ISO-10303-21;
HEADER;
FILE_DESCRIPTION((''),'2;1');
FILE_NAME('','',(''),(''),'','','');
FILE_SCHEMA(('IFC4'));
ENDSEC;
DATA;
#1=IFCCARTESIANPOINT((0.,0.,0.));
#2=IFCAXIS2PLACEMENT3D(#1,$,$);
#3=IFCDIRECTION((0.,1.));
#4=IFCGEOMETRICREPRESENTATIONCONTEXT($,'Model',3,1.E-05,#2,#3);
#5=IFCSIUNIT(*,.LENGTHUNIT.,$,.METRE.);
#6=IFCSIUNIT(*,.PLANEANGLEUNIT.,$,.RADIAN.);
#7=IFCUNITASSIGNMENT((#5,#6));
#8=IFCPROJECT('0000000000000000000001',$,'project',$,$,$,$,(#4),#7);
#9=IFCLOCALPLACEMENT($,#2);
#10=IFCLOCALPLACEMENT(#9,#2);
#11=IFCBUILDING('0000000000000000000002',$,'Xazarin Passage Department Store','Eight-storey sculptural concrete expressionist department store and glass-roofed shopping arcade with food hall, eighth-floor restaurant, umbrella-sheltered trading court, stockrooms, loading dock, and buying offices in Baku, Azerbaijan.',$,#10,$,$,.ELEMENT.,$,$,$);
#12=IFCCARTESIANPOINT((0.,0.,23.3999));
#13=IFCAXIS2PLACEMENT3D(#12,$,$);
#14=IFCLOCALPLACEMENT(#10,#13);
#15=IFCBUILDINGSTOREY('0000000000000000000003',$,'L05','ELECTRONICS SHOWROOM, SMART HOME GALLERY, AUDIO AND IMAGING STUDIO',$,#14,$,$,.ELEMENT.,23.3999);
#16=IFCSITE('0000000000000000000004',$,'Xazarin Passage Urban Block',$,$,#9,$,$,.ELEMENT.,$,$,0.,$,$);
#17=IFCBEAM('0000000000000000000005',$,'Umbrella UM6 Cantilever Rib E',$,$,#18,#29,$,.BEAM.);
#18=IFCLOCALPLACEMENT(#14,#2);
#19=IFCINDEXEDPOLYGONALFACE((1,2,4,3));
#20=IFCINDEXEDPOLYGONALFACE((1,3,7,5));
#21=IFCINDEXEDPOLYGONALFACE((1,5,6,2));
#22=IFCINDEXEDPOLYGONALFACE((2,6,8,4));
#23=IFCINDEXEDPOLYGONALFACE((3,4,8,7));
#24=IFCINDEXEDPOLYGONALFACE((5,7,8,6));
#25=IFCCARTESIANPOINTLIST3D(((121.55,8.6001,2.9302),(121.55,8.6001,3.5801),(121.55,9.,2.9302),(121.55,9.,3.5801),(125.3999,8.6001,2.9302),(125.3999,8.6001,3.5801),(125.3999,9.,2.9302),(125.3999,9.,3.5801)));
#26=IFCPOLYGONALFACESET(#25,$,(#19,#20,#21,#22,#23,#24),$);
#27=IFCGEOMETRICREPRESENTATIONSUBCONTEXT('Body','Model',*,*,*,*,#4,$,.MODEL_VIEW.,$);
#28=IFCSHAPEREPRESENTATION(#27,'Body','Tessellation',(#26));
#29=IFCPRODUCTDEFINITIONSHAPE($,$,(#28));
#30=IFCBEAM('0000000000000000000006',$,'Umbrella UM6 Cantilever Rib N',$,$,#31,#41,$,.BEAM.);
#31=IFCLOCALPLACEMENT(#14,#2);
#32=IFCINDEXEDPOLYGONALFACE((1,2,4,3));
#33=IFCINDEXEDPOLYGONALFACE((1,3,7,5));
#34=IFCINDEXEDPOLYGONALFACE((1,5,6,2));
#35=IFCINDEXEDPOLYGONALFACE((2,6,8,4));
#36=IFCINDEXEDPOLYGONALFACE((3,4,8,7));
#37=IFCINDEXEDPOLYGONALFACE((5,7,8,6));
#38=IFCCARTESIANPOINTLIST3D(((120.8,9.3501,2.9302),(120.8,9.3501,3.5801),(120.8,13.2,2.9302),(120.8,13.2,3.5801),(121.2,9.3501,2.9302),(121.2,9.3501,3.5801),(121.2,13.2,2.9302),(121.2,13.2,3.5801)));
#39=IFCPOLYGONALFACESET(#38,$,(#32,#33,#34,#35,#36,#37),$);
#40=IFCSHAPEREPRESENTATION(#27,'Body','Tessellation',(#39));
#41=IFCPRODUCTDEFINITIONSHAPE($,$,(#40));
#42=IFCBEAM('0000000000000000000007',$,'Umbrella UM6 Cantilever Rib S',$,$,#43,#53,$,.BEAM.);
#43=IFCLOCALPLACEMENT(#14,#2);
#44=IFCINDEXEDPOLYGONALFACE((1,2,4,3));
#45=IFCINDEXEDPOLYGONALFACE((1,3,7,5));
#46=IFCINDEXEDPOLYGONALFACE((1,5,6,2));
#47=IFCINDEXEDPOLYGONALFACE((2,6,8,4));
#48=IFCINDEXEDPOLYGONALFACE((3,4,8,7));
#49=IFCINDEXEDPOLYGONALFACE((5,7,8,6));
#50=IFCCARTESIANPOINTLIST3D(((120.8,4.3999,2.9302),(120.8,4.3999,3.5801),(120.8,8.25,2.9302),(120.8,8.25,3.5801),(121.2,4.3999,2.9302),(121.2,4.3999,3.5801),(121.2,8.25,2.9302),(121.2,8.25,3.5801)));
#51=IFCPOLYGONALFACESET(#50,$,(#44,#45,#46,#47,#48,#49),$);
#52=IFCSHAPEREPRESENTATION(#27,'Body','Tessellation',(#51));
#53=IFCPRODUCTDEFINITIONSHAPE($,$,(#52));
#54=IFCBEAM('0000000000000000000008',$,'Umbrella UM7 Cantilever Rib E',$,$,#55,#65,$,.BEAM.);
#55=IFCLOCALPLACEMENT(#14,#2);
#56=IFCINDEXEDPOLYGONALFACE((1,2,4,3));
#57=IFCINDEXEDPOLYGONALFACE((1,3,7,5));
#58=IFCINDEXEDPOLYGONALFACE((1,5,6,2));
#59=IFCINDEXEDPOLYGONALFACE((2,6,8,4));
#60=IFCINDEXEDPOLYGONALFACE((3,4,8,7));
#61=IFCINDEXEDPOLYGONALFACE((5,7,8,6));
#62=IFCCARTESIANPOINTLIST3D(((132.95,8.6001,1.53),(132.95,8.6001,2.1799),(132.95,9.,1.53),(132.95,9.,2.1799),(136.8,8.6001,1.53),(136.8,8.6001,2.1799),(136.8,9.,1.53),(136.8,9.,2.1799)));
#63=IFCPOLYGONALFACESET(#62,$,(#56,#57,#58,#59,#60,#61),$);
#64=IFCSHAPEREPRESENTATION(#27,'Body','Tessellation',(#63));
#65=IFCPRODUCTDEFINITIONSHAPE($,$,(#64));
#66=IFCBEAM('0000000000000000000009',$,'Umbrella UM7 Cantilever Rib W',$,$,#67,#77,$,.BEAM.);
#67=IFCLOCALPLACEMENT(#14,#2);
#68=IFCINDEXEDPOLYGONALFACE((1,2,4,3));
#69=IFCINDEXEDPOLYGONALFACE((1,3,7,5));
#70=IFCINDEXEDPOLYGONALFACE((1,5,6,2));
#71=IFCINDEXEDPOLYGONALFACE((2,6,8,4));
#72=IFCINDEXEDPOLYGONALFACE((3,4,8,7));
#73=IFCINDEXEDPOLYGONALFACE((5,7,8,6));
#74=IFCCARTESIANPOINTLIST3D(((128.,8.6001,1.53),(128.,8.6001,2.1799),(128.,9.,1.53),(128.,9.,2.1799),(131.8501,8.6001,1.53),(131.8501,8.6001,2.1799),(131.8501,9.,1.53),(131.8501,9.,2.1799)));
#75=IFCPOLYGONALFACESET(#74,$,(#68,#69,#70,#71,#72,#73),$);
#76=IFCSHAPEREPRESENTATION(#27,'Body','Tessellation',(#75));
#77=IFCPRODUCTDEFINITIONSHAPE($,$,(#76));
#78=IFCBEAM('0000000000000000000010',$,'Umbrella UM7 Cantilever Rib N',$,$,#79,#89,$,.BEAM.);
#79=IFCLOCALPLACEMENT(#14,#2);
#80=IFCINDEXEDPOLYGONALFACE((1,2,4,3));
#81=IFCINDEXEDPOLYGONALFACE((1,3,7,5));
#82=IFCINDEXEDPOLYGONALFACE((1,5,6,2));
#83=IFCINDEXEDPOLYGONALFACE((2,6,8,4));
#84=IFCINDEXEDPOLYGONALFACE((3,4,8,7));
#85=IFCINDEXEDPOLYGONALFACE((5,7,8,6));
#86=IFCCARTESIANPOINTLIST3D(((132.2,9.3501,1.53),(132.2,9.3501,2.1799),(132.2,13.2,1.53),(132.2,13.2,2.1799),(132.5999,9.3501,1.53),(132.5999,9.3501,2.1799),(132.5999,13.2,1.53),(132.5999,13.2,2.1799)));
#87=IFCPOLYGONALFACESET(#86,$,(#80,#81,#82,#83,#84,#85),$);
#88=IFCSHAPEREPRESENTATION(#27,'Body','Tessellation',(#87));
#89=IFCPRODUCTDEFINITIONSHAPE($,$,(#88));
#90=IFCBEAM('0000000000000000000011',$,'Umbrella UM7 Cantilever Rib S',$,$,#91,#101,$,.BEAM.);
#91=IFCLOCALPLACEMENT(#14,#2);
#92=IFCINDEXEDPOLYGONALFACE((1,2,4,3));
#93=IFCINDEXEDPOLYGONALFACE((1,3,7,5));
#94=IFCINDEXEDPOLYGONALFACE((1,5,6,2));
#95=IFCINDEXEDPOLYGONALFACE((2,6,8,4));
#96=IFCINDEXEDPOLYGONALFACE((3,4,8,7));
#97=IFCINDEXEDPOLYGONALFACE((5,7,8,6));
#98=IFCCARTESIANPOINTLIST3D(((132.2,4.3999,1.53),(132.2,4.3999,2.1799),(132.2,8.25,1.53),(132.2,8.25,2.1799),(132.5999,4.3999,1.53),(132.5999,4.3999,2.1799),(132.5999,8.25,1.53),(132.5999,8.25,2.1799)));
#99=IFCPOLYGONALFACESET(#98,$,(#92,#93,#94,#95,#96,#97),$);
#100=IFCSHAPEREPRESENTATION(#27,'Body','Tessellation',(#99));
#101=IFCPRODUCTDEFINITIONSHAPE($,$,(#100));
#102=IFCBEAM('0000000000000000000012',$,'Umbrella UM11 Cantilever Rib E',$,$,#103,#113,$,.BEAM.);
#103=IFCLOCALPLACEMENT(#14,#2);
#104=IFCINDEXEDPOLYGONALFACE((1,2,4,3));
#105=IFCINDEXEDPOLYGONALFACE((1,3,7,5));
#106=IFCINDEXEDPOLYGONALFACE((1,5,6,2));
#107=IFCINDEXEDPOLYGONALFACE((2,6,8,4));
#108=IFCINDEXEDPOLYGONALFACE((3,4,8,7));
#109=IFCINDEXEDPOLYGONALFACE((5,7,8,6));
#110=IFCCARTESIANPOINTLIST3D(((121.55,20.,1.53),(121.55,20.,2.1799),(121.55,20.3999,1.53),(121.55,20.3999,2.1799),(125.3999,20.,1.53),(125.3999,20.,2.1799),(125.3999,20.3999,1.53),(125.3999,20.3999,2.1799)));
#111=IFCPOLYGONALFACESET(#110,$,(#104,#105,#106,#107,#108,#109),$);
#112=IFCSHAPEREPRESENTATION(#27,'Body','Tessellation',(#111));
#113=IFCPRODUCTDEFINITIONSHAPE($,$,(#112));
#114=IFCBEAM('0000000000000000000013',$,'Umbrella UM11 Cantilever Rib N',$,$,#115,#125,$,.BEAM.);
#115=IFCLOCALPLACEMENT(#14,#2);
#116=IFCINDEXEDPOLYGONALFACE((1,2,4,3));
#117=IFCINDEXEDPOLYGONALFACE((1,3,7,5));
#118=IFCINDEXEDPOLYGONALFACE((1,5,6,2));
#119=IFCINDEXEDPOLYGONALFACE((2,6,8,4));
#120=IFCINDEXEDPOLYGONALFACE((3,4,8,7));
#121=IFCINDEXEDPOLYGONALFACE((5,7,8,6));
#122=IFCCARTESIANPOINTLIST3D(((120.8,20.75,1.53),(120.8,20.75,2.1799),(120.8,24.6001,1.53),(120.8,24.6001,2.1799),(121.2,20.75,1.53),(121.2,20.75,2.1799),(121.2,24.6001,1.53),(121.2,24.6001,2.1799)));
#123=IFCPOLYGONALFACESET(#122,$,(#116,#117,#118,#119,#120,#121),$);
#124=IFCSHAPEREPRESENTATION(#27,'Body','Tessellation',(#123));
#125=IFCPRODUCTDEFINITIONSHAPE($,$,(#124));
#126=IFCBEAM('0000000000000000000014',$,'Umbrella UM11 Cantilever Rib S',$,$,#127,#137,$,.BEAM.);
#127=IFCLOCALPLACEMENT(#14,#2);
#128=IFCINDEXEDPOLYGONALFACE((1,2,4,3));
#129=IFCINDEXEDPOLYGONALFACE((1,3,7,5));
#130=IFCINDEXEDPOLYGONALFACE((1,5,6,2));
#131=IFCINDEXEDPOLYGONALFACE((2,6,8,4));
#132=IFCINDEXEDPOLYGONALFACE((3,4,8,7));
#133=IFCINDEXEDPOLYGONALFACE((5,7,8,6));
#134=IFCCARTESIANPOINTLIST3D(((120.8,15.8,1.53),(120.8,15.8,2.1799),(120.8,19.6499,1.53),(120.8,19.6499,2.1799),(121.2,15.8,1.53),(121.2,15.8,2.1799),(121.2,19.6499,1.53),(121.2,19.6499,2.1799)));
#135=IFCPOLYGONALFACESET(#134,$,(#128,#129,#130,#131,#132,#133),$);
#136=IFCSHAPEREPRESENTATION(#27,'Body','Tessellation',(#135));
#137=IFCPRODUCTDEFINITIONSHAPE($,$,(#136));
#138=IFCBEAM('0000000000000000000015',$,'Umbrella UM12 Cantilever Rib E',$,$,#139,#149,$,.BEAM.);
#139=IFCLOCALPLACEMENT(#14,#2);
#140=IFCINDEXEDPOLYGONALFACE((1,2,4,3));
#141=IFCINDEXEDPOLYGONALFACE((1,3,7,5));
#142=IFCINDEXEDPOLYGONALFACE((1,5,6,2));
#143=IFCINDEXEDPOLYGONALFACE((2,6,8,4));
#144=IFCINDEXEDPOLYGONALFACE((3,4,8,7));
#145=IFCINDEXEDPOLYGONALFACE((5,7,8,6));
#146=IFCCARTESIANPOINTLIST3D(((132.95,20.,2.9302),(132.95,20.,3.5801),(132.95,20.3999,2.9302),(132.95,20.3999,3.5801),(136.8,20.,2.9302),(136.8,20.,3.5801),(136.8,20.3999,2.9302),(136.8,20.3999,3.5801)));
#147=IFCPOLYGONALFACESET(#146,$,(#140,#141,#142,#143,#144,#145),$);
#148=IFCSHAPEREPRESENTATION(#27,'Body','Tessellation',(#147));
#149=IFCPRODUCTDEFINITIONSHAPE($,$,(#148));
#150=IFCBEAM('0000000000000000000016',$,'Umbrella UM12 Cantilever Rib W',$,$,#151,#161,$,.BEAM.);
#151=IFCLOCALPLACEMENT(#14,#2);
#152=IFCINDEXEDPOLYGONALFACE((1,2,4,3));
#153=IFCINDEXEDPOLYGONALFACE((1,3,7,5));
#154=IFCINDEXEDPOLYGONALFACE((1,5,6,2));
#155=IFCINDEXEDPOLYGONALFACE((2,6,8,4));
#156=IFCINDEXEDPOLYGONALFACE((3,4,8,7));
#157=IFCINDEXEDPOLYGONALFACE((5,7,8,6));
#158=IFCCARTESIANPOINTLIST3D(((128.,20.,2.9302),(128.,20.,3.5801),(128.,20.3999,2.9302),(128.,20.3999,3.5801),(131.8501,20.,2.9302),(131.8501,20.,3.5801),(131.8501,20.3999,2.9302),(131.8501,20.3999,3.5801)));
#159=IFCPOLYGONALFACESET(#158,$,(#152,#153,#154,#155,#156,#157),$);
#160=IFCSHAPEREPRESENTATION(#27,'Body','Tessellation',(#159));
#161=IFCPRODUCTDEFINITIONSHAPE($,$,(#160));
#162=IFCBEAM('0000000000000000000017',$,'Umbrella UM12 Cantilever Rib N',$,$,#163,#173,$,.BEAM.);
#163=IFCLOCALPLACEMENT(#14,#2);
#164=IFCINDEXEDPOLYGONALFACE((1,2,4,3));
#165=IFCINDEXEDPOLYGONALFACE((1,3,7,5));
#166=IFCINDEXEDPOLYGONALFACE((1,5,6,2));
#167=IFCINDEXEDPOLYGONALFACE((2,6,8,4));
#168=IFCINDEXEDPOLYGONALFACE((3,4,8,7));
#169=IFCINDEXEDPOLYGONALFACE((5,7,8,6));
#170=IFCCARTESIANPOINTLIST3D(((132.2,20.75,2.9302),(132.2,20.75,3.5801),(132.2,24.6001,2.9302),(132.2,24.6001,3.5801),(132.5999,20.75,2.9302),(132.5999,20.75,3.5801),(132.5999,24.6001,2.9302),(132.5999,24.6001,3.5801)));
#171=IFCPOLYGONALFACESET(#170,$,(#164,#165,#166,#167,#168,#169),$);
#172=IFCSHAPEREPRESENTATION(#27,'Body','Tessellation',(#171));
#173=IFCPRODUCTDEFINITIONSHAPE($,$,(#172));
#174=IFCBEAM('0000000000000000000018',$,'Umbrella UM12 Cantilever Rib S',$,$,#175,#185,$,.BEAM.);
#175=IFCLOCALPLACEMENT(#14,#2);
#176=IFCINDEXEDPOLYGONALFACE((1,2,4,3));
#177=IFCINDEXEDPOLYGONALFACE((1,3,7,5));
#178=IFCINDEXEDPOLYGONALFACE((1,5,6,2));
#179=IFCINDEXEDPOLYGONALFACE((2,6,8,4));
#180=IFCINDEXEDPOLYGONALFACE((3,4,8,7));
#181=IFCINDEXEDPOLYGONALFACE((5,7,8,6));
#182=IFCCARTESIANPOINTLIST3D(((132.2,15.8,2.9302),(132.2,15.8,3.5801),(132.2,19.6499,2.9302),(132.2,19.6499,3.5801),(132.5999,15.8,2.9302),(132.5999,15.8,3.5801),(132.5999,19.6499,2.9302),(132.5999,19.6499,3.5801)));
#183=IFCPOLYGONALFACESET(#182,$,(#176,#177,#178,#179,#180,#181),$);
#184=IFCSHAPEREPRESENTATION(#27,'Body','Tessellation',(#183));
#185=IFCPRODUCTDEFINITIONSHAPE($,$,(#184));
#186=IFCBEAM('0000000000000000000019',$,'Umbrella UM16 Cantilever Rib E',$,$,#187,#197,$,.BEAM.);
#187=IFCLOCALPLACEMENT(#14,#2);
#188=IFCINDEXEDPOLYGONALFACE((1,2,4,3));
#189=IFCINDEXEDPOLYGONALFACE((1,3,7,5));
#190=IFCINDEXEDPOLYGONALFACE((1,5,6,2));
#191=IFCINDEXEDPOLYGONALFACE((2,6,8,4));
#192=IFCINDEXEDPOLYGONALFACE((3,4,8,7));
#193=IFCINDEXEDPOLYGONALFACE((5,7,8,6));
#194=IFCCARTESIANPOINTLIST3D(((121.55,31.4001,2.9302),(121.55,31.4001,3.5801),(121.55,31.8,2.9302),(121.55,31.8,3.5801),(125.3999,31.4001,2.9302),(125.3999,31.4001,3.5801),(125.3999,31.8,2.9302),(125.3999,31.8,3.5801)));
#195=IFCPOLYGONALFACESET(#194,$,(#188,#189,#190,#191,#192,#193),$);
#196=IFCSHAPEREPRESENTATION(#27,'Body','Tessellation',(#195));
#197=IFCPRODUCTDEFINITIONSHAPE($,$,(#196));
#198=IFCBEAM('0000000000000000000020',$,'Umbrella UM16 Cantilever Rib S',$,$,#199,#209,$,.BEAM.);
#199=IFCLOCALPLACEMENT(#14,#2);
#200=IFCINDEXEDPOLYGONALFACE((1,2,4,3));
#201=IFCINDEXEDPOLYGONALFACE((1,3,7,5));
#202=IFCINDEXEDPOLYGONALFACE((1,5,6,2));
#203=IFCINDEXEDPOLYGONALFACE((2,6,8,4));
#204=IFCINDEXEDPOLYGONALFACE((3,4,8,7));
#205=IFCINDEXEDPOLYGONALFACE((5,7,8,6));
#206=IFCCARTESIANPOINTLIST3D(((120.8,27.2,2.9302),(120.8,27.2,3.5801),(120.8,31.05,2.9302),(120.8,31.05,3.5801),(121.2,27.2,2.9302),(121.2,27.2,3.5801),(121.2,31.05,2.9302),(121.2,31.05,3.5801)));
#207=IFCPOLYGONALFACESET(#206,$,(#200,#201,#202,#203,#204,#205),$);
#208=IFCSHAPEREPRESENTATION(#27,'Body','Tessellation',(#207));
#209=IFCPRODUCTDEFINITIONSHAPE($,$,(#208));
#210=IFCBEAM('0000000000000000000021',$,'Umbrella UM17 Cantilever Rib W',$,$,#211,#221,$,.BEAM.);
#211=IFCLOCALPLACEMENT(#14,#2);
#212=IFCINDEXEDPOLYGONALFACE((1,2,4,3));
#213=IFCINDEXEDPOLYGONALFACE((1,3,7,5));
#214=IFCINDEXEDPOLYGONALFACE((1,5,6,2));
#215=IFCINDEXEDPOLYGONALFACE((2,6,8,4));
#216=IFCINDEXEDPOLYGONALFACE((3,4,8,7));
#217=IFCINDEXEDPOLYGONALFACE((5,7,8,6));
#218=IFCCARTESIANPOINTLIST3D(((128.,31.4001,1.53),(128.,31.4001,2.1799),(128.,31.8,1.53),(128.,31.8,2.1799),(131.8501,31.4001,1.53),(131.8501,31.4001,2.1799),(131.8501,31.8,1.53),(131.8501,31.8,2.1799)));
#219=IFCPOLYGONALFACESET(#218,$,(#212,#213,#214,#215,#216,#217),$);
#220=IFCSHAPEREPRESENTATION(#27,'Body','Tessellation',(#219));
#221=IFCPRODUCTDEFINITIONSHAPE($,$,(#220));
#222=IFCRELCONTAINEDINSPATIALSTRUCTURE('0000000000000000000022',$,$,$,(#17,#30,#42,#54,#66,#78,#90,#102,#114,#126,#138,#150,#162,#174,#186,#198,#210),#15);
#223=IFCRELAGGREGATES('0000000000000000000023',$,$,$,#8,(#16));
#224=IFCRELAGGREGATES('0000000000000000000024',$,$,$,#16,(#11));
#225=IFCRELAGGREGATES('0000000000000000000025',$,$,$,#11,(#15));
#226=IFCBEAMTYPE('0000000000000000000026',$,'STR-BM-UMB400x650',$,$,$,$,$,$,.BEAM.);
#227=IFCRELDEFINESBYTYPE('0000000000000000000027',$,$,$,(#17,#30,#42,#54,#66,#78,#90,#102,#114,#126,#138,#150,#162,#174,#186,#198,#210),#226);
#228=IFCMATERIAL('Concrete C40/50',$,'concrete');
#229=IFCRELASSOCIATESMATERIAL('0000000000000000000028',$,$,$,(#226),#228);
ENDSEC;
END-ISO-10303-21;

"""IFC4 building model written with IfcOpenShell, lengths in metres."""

from ifc_helpers import new_model, si_unit, direction, frame, origin, origin_2d, place, context, subcontext, project, spatial, rectangle, extrude, material, material_profile, profile_set, type_object, element, save


model = new_model("IFC4")

# Units and contexts
model_context = context("Model", 3, precision=1e-05, world=origin(), true_north=direction((0.0, 1.0)))
body_context = subcontext(model_context, "Body", "Model", "MODEL_VIEW")
ifc_project = project(units=[si_unit("LENGTHUNIT", "METRE"), si_unit("PLANEANGLEUNIT", "RADIAN")], contexts=[model_context])

# Site, building, storey
site_placement = place(None, origin())
site = spatial("IfcSite", under=ifc_project, at=site_placement, Name="Xazarin Passage Urban Block", CompositionType="ELEMENT", RefElevation=0.0)
building_placement = place(site_placement, origin())
building = spatial("IfcBuilding", under=site, at=building_placement, Name="Xazarin Passage Department Store", Description="Eight-storey sculptural concrete expressionist department store and glass-roofed shopping arcade with food hall, eighth-floor restaurant, umbrella-sheltered trading court, stockrooms, loading dock, and buying offices in Baku, Azerbaijan.", CompositionType="ELEMENT")
storey_placement = place(building_placement, frame((0.0, 0.0, 23.3999)))
storey = spatial("IfcBuildingStorey", under=building, at=storey_placement, Name="L05", Description="ELECTRONICS SHOWROOM, SMART HOME GALLERY, AUDIO AND IMAGING STUDIO", CompositionType="ELEMENT", Elevation=23.3999)

# Beams
ifc_material_1 = material(Name="Concrete C40/50", Category="concrete")
ifc_material_profile = material_profile(ifc_material_1, rectangle(XDim=0.3999, YDim=0.6499, at=origin_2d()), Name="RC 400x650")
ifc_profile_set = profile_set([ifc_material_profile], Name="Concrete C40/50")
beam_type = type_object("IfcBeamType", Name="STR-BM-UMB400x650", PredefinedType="BEAM", material=ifc_profile_set)
for number, where, z_axis, x_axis, name in (
    (1, (121.55, 8.8, 3.2551), (1.0, 0.0, 0.0), (0.0, 1.0, 0.0), "Umbrella UM6 Cantilever Rib E"),
    (2, (121.0, 9.3501, 3.2551), (0.0, 1.0, 0.0), (-1.0, 0.0, 0.0), "Umbrella UM6 Cantilever Rib N"),
):
    element("IfcBeam", number, at=place(storey_placement, frame(where, z_axis=z_axis, x_axis=x_axis)), inside=storey, type_object=beam_type, Name=name, PredefinedType="BEAM", context=body_context, shape_type="SweptSolid", body=[
        extrude(rectangle(XDim=0.3999, YDim=0.6499, at=origin_2d()), origin(), (0.0, 0.0, 1.0), 3.8499),
    ])
for number, where, z_axis, x_axis, name in (
    (3, (121.0, 8.25, 3.2551), (0.0, -1.0, 0.0), (1.0, 0.0, 0.0), "Umbrella UM6 Cantilever Rib S"),
    (4, (132.95, 8.8, 1.855), (1.0, 0.0, 0.0), (0.0, 1.0, 0.0), "Umbrella UM7 Cantilever Rib E"),
    (5, (131.8501, 8.8, 1.855), (-1.0, 0.0, 0.0), (0.0, -1.0, 0.0), "Umbrella UM7 Cantilever Rib W"),
):
    element("IfcBeam", number, at=place(storey_placement, frame(where, z_axis=z_axis, x_axis=x_axis)), inside=storey, type_object=beam_type, Name=name, PredefinedType="BEAM", context=body_context, shape_type="SweptSolid", body=[
        extrude(rectangle(XDim=0.3999, YDim=0.6499, at=origin_2d()), origin(), (0.0, 0.0, 1.0), 3.8501),
    ])
beam_1_placement = place(storey_placement, frame((132.3999, 9.3501, 1.855), z_axis=(0.0, 1.0, 0.0), x_axis=(-1.0, 0.0, 0.0)))
element("IfcBeam", 6, at=beam_1_placement, inside=storey, type_object=beam_type, Name="Umbrella UM7 Cantilever Rib N", PredefinedType="BEAM", context=body_context, shape_type="SweptSolid", body=[
    extrude(rectangle(XDim=0.3999, YDim=0.6499, at=origin_2d()), origin(), (0.0, 0.0, 1.0), 3.8499),
])
beam_2_placement = place(storey_placement, frame((132.3999, 8.25, 1.855), z_axis=(0.0, -1.0, 0.0), x_axis=(1.0, 0.0, 0.0)))
element("IfcBeam", 7, at=beam_2_placement, inside=storey, type_object=beam_type, Name="Umbrella UM7 Cantilever Rib S", PredefinedType="BEAM", context=body_context, shape_type="SweptSolid", body=[
    extrude(rectangle(XDim=0.3999, YDim=0.6499, at=origin_2d()), origin(), (0.0, 0.0, 1.0), 3.8501),
])
beam_3_placement = place(storey_placement, frame((121.55, 20.2, 1.855), z_axis=(1.0, 0.0, 0.0), x_axis=(0.0, 1.0, 0.0)))
element("IfcBeam", 8, at=beam_3_placement, inside=storey, type_object=beam_type, Name="Umbrella UM11 Cantilever Rib E", PredefinedType="BEAM", context=body_context, shape_type="SweptSolid", body=[
    extrude(rectangle(XDim=0.3999, YDim=0.6499, at=origin_2d()), origin(), (0.0, 0.0, 1.0), 3.8499),
])
beam_4_placement = place(storey_placement, frame((121.0, 20.75, 1.855), z_axis=(0.0, 1.0, 0.0), x_axis=(-1.0, 0.0, 0.0)))
element("IfcBeam", 9, at=beam_4_placement, inside=storey, type_object=beam_type, Name="Umbrella UM11 Cantilever Rib N", PredefinedType="BEAM", context=body_context, shape_type="SweptSolid", body=[
    extrude(rectangle(XDim=0.3999, YDim=0.6499, at=origin_2d()), origin(), (0.0, 0.0, 1.0), 3.8501),
])
beam_5_placement = place(storey_placement, frame((121.0, 19.6499, 1.855), z_axis=(0.0, -1.0, 0.0), x_axis=(1.0, 0.0, 0.0)))
element("IfcBeam", 10, at=beam_5_placement, inside=storey, type_object=beam_type, Name="Umbrella UM11 Cantilever Rib S", PredefinedType="BEAM", context=body_context, shape_type="SweptSolid", body=[
    extrude(rectangle(XDim=0.3999, YDim=0.6499, at=origin_2d()), origin(), (0.0, 0.0, 1.0), 3.8499),
])
for number, where, z_axis, x_axis, name in (
    (11, (132.95, 20.2, 3.2551), (1.0, 0.0, 0.0), (0.0, 1.0, 0.0), "Umbrella UM12 Cantilever Rib E"),
    (12, (131.8501, 20.2, 3.2551), (-1.0, 0.0, 0.0), (0.0, -1.0, 0.0), "Umbrella UM12 Cantilever Rib W"),
    (13, (132.3999, 20.75, 3.2551), (0.0, 1.0, 0.0), (-1.0, 0.0, 0.0), "Umbrella UM12 Cantilever Rib N"),
):
    element("IfcBeam", number, at=place(storey_placement, frame(where, z_axis=z_axis, x_axis=x_axis)), inside=storey, type_object=beam_type, Name=name, PredefinedType="BEAM", context=body_context, shape_type="SweptSolid", body=[
        extrude(rectangle(XDim=0.3999, YDim=0.6499, at=origin_2d()), origin(), (0.0, 0.0, 1.0), 3.8501),
    ])
for number, where, z_axis, x_axis, name in (
    (14, (132.3999, 19.6499, 3.2551), (0.0, -1.0, 0.0), (1.0, 0.0, 0.0), "Umbrella UM12 Cantilever Rib S"),
    (15, (121.55, 31.6001, 3.2551), (1.0, 0.0, 0.0), (0.0, 1.0, 0.0), "Umbrella UM16 Cantilever Rib E"),
):
    element("IfcBeam", number, at=place(storey_placement, frame(where, z_axis=z_axis, x_axis=x_axis)), inside=storey, type_object=beam_type, Name=name, PredefinedType="BEAM", context=body_context, shape_type="SweptSolid", body=[
        extrude(rectangle(XDim=0.3999, YDim=0.6499, at=origin_2d()), origin(), (0.0, 0.0, 1.0), 3.8499),
    ])
for number, where, z_axis, x_axis, name in (
    (16, (121.0, 31.05, 3.2551), (0.0, -1.0, 0.0), (1.0, 0.0, 0.0), "Umbrella UM16 Cantilever Rib S"),
    (17, (131.8501, 31.6001, 1.855), (-1.0, 0.0, 0.0), (0.0, -1.0, 0.0), "Umbrella UM17 Cantilever Rib W"),
):
    element("IfcBeam", number, at=place(storey_placement, frame(where, z_axis=z_axis, x_axis=x_axis)), inside=storey, type_object=beam_type, Name=name, PredefinedType="BEAM", context=body_context, shape_type="SweptSolid", body=[
        extrude(rectangle(XDim=0.3999, YDim=0.6499, at=origin_2d()), origin(), (0.0, 0.0, 1.0), 3.8501),
    ])

save(model, "model.ifc")
